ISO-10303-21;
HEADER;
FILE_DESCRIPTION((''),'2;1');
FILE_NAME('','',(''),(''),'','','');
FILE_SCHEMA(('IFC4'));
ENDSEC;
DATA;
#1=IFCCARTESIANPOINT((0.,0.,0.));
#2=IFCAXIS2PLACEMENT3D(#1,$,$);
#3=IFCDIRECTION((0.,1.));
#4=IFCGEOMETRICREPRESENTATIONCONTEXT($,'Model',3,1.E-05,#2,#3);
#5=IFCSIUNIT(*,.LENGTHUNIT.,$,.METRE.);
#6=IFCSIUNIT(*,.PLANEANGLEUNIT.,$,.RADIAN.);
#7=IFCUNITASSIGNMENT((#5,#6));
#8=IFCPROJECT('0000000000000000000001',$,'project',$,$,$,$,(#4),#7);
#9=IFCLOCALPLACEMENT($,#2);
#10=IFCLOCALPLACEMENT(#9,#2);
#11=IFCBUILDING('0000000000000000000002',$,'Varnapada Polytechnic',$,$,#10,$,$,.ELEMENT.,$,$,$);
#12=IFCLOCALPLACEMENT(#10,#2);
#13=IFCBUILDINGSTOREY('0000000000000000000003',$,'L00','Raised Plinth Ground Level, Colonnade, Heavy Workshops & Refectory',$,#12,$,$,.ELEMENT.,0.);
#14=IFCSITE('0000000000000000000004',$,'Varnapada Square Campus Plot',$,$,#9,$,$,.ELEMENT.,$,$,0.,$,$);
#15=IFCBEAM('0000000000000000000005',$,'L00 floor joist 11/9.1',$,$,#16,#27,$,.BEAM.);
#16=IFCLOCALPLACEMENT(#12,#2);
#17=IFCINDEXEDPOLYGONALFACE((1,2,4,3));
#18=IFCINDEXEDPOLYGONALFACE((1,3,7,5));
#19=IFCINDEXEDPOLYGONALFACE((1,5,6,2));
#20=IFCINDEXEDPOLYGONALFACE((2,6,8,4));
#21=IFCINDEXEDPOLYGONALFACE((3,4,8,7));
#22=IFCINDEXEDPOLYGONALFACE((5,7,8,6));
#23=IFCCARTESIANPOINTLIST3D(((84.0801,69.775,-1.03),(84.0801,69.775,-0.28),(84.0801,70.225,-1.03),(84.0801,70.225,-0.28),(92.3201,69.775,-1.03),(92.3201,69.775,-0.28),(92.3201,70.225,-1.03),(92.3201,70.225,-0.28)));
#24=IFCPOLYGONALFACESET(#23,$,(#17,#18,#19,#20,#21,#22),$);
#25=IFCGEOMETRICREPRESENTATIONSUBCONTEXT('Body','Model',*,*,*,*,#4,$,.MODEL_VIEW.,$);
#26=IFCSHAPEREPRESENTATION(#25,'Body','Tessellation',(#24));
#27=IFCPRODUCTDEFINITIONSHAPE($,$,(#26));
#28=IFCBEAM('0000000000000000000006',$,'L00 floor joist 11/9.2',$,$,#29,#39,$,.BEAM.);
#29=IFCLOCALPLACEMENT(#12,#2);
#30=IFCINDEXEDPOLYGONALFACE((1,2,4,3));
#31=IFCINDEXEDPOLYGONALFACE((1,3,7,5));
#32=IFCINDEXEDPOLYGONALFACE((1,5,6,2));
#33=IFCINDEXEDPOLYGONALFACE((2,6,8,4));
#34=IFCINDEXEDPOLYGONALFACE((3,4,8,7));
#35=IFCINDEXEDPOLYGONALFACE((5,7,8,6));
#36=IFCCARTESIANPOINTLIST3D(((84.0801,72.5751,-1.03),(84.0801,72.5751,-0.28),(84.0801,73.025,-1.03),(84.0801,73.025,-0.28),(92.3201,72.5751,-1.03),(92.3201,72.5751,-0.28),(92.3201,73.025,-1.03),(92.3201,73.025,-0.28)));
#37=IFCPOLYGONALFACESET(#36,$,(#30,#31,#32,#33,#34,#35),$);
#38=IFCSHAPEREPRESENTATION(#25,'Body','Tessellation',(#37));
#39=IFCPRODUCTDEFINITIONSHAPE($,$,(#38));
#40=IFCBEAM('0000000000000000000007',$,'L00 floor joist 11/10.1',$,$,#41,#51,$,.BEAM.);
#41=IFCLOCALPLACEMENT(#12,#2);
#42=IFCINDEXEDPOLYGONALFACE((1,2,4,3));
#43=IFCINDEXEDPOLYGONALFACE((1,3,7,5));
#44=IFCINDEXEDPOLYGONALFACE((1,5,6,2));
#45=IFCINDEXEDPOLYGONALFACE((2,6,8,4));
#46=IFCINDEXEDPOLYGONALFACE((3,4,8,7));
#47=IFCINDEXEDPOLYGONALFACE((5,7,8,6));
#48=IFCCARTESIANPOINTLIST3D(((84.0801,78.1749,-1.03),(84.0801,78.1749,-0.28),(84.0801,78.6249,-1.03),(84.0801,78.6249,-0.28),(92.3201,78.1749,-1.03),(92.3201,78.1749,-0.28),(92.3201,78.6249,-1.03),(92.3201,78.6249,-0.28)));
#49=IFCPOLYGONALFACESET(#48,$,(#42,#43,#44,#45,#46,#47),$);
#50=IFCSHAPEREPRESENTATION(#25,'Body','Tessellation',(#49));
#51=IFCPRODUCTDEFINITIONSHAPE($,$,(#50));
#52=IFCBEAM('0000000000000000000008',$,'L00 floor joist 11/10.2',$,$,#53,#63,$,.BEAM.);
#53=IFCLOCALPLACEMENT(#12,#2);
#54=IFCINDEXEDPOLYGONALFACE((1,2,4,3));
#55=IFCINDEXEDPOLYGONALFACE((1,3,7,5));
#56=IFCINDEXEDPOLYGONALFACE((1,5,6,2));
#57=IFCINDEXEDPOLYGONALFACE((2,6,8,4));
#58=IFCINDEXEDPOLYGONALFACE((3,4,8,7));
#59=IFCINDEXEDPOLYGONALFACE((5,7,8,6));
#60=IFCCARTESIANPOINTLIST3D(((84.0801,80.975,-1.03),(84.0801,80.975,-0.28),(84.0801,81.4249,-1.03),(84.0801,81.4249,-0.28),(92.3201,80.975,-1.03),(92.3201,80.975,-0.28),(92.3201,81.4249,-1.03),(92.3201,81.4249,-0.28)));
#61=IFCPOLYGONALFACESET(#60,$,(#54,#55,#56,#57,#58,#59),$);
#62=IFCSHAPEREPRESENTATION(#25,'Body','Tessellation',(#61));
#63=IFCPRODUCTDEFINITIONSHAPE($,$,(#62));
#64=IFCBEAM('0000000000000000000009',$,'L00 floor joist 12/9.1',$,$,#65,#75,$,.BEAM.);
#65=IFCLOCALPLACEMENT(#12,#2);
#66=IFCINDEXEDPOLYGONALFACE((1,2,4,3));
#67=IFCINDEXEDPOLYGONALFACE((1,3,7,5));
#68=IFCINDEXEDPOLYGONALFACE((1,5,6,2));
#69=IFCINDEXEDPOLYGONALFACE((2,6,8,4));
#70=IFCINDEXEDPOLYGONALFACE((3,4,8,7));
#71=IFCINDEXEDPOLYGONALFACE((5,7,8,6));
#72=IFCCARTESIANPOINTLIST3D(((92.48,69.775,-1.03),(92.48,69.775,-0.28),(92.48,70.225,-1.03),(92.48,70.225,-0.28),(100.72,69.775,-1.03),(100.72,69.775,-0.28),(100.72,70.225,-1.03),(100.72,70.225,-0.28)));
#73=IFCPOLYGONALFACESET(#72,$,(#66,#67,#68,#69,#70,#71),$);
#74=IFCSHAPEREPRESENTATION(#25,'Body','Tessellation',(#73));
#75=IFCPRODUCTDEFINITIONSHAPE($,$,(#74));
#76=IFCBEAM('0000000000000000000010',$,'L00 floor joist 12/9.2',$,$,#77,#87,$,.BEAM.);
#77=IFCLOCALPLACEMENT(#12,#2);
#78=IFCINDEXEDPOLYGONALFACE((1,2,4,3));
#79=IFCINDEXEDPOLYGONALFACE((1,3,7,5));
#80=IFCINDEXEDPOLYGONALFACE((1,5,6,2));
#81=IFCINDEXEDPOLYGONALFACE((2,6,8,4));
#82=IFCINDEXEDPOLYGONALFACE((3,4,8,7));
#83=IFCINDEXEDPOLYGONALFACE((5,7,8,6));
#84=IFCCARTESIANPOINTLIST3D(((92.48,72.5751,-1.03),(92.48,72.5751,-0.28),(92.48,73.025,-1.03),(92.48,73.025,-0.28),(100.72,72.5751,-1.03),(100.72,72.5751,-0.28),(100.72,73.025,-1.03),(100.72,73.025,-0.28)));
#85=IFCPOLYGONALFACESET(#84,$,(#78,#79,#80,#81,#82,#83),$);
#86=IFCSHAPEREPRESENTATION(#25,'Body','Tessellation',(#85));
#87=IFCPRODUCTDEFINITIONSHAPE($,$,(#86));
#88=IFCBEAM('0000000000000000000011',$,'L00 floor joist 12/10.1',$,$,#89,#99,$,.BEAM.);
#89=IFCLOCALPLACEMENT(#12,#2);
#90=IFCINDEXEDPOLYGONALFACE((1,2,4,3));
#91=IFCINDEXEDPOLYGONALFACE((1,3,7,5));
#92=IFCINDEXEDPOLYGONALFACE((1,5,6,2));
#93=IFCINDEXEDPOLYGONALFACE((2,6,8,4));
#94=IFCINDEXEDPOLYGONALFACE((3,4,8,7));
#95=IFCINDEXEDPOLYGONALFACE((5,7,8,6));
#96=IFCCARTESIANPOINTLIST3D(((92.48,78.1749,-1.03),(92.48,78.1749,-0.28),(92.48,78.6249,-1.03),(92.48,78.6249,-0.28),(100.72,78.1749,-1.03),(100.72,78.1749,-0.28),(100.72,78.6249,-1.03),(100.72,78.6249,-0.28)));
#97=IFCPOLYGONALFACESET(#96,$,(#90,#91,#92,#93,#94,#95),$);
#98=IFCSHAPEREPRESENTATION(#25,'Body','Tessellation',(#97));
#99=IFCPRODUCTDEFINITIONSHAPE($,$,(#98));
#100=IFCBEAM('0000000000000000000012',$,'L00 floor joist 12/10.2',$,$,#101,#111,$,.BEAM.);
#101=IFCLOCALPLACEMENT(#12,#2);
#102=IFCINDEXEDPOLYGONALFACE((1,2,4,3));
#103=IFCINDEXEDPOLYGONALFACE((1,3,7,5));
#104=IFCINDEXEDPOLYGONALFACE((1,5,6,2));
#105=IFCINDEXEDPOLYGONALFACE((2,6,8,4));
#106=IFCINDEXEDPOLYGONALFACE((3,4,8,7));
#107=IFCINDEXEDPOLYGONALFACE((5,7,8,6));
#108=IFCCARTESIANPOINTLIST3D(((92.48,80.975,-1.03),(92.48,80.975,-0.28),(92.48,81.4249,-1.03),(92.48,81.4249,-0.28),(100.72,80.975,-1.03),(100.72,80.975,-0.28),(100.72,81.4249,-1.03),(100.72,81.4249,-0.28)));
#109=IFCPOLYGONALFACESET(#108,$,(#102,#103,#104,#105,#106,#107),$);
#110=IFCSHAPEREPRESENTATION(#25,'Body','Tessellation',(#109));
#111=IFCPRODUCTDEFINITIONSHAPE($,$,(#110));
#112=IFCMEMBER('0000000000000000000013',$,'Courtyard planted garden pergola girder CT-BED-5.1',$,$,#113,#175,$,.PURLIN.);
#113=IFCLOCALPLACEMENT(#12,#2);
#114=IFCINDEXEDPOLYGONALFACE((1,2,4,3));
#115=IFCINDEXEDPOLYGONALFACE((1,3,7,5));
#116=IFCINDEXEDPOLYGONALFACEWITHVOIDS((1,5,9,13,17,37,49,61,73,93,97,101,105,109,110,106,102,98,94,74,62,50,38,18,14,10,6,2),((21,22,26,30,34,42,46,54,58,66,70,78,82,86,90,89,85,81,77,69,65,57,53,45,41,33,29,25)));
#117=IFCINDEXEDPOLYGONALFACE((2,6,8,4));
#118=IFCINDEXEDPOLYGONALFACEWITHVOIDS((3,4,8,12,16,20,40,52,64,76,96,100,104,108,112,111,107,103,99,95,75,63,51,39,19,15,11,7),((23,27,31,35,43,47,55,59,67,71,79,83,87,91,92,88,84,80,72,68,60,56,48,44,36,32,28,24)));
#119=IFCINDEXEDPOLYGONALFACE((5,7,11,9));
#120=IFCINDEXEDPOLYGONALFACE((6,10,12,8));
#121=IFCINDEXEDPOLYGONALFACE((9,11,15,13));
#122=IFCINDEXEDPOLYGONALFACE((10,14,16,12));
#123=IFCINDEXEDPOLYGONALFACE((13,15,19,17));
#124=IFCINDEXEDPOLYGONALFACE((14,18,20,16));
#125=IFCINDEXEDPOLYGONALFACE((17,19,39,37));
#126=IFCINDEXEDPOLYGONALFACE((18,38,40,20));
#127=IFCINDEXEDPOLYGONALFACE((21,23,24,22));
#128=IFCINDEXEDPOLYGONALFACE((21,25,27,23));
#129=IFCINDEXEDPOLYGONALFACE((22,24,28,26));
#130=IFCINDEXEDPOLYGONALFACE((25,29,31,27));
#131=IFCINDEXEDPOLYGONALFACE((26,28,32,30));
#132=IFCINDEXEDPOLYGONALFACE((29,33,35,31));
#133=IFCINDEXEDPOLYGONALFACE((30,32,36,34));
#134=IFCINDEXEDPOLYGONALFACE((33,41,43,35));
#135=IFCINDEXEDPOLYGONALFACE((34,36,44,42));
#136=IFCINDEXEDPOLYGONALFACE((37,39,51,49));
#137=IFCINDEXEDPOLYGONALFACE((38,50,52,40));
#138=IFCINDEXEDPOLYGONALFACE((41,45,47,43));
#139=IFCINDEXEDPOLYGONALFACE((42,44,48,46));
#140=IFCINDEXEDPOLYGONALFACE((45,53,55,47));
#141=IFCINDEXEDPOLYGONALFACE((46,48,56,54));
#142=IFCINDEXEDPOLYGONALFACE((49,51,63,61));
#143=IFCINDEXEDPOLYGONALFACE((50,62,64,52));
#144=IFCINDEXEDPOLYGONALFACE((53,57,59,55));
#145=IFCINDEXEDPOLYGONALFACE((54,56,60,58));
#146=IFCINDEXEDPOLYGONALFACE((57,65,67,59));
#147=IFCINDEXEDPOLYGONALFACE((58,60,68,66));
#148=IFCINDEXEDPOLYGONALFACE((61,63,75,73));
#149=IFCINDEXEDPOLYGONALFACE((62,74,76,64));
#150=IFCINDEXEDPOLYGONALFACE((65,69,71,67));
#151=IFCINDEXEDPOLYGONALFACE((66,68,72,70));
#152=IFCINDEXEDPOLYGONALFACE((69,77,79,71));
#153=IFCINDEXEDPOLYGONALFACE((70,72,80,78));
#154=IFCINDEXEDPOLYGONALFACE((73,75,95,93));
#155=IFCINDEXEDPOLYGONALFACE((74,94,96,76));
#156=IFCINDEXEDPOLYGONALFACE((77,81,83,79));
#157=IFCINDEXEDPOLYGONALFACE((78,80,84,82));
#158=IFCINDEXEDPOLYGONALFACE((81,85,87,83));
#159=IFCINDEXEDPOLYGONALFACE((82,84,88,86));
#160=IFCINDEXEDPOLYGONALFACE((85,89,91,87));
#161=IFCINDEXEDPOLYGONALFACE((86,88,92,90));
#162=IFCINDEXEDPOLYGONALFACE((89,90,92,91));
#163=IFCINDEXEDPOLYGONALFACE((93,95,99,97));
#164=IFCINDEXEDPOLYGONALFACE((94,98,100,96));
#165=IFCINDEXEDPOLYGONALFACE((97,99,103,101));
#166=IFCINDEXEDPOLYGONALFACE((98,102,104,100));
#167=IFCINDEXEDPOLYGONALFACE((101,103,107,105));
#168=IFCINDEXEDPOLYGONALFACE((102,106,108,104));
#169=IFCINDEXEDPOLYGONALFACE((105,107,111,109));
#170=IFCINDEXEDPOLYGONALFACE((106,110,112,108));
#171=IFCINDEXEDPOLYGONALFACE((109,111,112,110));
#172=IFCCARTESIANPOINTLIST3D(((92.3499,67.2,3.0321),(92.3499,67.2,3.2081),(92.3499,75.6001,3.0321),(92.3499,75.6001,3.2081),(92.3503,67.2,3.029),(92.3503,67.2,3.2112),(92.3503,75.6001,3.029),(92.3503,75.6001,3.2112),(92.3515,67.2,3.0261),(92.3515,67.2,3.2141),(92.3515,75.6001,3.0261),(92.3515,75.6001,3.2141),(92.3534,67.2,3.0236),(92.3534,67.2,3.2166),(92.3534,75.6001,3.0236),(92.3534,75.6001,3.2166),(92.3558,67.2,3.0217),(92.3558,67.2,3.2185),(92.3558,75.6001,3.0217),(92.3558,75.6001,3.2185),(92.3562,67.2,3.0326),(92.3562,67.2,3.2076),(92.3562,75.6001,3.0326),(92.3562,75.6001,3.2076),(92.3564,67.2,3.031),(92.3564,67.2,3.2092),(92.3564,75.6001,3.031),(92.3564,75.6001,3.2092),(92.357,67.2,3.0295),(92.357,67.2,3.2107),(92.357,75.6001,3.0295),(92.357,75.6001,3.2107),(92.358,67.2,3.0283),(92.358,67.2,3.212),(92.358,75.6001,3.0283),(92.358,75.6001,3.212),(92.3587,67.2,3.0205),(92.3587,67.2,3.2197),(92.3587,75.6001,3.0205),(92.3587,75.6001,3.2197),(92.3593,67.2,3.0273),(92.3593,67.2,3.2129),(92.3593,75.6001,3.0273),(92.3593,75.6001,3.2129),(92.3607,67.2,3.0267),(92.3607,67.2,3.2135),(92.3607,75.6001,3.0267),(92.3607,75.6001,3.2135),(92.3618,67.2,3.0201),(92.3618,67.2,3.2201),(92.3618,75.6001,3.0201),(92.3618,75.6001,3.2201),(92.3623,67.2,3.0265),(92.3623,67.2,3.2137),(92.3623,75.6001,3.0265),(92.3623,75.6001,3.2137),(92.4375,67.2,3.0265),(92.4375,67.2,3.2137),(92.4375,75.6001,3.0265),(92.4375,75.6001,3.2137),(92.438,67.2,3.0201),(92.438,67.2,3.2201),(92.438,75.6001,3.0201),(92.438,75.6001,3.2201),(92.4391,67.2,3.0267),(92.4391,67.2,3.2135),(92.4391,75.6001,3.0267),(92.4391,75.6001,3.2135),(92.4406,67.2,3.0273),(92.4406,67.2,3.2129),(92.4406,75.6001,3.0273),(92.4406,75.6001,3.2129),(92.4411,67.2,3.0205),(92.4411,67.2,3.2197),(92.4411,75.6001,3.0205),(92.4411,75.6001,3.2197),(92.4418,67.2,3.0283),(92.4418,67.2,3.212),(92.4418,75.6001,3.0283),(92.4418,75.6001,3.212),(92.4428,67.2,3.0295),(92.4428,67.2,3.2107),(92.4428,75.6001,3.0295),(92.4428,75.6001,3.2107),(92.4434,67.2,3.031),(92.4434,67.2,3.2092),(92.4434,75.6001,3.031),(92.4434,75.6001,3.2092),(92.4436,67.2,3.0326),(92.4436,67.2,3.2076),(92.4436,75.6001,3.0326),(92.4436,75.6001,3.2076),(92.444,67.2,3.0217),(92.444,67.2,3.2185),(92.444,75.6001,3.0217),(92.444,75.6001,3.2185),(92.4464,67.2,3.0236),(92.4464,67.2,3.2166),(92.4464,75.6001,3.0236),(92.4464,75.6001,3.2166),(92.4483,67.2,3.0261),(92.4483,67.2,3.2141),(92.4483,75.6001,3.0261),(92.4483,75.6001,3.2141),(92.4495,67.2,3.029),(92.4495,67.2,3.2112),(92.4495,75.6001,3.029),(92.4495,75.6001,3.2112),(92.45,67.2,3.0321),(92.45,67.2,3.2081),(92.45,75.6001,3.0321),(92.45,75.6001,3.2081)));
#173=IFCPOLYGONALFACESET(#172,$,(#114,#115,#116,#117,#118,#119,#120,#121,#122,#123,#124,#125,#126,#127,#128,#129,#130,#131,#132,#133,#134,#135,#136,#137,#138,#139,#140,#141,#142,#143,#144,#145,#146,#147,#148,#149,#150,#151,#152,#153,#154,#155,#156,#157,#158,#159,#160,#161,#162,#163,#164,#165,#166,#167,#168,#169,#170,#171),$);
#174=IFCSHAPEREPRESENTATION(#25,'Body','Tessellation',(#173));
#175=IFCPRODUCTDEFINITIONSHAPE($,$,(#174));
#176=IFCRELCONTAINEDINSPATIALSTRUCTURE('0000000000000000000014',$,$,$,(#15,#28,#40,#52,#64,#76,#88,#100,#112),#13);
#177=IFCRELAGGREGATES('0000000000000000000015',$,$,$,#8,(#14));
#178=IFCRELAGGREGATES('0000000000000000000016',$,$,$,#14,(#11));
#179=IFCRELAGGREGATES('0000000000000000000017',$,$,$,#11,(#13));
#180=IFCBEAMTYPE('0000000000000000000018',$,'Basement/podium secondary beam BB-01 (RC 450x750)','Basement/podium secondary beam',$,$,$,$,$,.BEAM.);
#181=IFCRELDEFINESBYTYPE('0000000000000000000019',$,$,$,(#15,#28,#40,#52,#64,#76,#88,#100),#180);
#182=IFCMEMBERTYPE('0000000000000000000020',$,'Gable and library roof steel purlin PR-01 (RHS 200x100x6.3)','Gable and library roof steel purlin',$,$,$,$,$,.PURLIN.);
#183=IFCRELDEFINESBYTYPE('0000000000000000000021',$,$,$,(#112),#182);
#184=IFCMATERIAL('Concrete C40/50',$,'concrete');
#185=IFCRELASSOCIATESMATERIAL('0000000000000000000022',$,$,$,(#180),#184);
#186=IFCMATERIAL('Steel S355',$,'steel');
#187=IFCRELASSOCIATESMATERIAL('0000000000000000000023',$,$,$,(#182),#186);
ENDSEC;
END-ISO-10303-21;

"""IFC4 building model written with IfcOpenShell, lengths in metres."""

from ifc_helpers import new_model, si_unit, direction, frame, origin, origin_2d, place, context, subcontext, project, spatial, rectangle, hollow_rectangle, extrude, material, material_profile, profile_set, type_object, element, save


model = new_model("IFC4")

# Units and contexts
model_context = context("Model", 3, precision=1e-05, world=origin(), true_north=direction((0.0, 1.0)))
body_context = subcontext(model_context, "Body", "Model", "MODEL_VIEW")
ifc_project = project(units=[si_unit("LENGTHUNIT", "METRE"), si_unit("PLANEANGLEUNIT", "RADIAN")], contexts=[model_context])

# Site, building, storey
site_placement = place(None, origin())
site = spatial("IfcSite", under=ifc_project, at=site_placement, Name="Varnapada Square Campus Plot", CompositionType="ELEMENT", RefElevation=0.0)
building_placement = place(site_placement, origin())
building = spatial("IfcBuilding", under=site, at=building_placement, Name="Varnapada Polytechnic", CompositionType="ELEMENT")
storey_placement = place(building_placement, origin())
storey = spatial("IfcBuildingStorey", under=building, at=storey_placement, Name="L00", Description="Raised Plinth Ground Level, Colonnade, Heavy Workshops & Refectory", CompositionType="ELEMENT", Elevation=0.0)

# Beams
ifc_material_1 = material(Name="Concrete C40/50", Category="concrete")
ifc_material_profile_1 = material_profile(ifc_material_1, rectangle(XDim=0.45, YDim=0.75, at=origin_2d()), Name="RC 450x750")
ifc_profile_set_1 = profile_set([ifc_material_profile_1], Name="Concrete C40/50")
beam_type_1 = type_object("IfcBeamType", Name="Basement/podium secondary beam BB-01 (RC 450x750)", Description="Basement/podium secondary beam", PredefinedType="BEAM", material=ifc_profile_set_1)
for number, where, z_axis, x_axis, name in (
    (1, (84.0801, 70.0, -0.655), (1.0, 0.0, 0.0), (0.0, 1.0, 0.0), "L00 floor joist 11/9.1"),
    (2, (84.0801, 72.8, -0.655), (1.0, 0.0, 0.0), (0.0, 1.0, 0.0), "L00 floor joist 11/9.2"),
    (3, (84.0801, 78.3999, -0.655), (1.0, 0.0, 0.0), (0.0, 1.0, 0.0), "L00 floor joist 11/10.1"),
    (4, (84.0801, 81.2, -0.655), (1.0, 0.0, 0.0), (0.0, 1.0, 0.0), "L00 floor joist 11/10.2"),
    (5, (92.48, 70.0, -0.655), (1.0, 0.0, 0.0), (0.0, 1.0, 0.0), "L00 floor joist 12/9.1"),
    (6, (92.48, 72.8, -0.655), (1.0, 0.0, 0.0), (0.0, 1.0, 0.0), "L00 floor joist 12/9.2"),
    (7, (92.48, 78.3999, -0.655), (1.0, 0.0, 0.0), (0.0, 1.0, 0.0), "L00 floor joist 12/10.1"),
    (8, (92.48, 81.2, -0.655), (1.0, 0.0, 0.0), (0.0, 1.0, 0.0), "L00 floor joist 12/10.2"),
):
    element("IfcBeam", number, at=place(storey_placement, frame(where, z_axis=z_axis, x_axis=x_axis)), inside=storey, type_object=beam_type_1, Name=name, PredefinedType="BEAM", context=body_context, shape_type="SweptSolid", body=[
        extrude(rectangle(XDim=0.45, YDim=0.75, at=origin_2d()), origin(), (0.0, 0.0, 1.0), 8.24),
    ])

# Member
ifc_material_2 = material(Name="Steel S355", Category="steel")
ifc_material_profile_2 = material_profile(ifc_material_2, hollow_rectangle(XDim=0.1001, YDim=0.2, WallThickness=0.0063, InnerFilletRadius=0.0061, OuterFilletRadius=0.012, at=origin_2d()), Name="RHS 200x100x6.3")
ifc_profile_set_2 = profile_set([ifc_material_profile_2], Name="Steel S355")
member_type_1 = type_object("IfcMemberType", Name="Gable and library roof steel purlin PR-01 (RHS 200x100x6.3)", Description="Gable and library roof steel purlin", PredefinedType="PURLIN", material=ifc_profile_set_2)
for number, where, z_axis, x_axis, name in (
    (9, (92.3999, 67.2, 3.1201), (0.0, 1.0, 0.0), (-1.0, 0.0, 0.0), "Courtyard planted garden pergola girder CT-BED-5.1"),
):
    element("IfcMember", number, at=place(storey_placement, frame(where, z_axis=z_axis, x_axis=x_axis)), inside=storey, type_object=member_type_1, Name=name, PredefinedType="PURLIN", context=body_context, shape_type="SweptSolid", body=[
        extrude(hollow_rectangle(XDim=0.1001, YDim=0.2, WallThickness=0.0063, InnerFilletRadius=0.0061, OuterFilletRadius=0.012, at=origin_2d()), origin(), (0.0, 0.0, 1.0), 8.4001),
    ])

save(model, "model.ifc")
